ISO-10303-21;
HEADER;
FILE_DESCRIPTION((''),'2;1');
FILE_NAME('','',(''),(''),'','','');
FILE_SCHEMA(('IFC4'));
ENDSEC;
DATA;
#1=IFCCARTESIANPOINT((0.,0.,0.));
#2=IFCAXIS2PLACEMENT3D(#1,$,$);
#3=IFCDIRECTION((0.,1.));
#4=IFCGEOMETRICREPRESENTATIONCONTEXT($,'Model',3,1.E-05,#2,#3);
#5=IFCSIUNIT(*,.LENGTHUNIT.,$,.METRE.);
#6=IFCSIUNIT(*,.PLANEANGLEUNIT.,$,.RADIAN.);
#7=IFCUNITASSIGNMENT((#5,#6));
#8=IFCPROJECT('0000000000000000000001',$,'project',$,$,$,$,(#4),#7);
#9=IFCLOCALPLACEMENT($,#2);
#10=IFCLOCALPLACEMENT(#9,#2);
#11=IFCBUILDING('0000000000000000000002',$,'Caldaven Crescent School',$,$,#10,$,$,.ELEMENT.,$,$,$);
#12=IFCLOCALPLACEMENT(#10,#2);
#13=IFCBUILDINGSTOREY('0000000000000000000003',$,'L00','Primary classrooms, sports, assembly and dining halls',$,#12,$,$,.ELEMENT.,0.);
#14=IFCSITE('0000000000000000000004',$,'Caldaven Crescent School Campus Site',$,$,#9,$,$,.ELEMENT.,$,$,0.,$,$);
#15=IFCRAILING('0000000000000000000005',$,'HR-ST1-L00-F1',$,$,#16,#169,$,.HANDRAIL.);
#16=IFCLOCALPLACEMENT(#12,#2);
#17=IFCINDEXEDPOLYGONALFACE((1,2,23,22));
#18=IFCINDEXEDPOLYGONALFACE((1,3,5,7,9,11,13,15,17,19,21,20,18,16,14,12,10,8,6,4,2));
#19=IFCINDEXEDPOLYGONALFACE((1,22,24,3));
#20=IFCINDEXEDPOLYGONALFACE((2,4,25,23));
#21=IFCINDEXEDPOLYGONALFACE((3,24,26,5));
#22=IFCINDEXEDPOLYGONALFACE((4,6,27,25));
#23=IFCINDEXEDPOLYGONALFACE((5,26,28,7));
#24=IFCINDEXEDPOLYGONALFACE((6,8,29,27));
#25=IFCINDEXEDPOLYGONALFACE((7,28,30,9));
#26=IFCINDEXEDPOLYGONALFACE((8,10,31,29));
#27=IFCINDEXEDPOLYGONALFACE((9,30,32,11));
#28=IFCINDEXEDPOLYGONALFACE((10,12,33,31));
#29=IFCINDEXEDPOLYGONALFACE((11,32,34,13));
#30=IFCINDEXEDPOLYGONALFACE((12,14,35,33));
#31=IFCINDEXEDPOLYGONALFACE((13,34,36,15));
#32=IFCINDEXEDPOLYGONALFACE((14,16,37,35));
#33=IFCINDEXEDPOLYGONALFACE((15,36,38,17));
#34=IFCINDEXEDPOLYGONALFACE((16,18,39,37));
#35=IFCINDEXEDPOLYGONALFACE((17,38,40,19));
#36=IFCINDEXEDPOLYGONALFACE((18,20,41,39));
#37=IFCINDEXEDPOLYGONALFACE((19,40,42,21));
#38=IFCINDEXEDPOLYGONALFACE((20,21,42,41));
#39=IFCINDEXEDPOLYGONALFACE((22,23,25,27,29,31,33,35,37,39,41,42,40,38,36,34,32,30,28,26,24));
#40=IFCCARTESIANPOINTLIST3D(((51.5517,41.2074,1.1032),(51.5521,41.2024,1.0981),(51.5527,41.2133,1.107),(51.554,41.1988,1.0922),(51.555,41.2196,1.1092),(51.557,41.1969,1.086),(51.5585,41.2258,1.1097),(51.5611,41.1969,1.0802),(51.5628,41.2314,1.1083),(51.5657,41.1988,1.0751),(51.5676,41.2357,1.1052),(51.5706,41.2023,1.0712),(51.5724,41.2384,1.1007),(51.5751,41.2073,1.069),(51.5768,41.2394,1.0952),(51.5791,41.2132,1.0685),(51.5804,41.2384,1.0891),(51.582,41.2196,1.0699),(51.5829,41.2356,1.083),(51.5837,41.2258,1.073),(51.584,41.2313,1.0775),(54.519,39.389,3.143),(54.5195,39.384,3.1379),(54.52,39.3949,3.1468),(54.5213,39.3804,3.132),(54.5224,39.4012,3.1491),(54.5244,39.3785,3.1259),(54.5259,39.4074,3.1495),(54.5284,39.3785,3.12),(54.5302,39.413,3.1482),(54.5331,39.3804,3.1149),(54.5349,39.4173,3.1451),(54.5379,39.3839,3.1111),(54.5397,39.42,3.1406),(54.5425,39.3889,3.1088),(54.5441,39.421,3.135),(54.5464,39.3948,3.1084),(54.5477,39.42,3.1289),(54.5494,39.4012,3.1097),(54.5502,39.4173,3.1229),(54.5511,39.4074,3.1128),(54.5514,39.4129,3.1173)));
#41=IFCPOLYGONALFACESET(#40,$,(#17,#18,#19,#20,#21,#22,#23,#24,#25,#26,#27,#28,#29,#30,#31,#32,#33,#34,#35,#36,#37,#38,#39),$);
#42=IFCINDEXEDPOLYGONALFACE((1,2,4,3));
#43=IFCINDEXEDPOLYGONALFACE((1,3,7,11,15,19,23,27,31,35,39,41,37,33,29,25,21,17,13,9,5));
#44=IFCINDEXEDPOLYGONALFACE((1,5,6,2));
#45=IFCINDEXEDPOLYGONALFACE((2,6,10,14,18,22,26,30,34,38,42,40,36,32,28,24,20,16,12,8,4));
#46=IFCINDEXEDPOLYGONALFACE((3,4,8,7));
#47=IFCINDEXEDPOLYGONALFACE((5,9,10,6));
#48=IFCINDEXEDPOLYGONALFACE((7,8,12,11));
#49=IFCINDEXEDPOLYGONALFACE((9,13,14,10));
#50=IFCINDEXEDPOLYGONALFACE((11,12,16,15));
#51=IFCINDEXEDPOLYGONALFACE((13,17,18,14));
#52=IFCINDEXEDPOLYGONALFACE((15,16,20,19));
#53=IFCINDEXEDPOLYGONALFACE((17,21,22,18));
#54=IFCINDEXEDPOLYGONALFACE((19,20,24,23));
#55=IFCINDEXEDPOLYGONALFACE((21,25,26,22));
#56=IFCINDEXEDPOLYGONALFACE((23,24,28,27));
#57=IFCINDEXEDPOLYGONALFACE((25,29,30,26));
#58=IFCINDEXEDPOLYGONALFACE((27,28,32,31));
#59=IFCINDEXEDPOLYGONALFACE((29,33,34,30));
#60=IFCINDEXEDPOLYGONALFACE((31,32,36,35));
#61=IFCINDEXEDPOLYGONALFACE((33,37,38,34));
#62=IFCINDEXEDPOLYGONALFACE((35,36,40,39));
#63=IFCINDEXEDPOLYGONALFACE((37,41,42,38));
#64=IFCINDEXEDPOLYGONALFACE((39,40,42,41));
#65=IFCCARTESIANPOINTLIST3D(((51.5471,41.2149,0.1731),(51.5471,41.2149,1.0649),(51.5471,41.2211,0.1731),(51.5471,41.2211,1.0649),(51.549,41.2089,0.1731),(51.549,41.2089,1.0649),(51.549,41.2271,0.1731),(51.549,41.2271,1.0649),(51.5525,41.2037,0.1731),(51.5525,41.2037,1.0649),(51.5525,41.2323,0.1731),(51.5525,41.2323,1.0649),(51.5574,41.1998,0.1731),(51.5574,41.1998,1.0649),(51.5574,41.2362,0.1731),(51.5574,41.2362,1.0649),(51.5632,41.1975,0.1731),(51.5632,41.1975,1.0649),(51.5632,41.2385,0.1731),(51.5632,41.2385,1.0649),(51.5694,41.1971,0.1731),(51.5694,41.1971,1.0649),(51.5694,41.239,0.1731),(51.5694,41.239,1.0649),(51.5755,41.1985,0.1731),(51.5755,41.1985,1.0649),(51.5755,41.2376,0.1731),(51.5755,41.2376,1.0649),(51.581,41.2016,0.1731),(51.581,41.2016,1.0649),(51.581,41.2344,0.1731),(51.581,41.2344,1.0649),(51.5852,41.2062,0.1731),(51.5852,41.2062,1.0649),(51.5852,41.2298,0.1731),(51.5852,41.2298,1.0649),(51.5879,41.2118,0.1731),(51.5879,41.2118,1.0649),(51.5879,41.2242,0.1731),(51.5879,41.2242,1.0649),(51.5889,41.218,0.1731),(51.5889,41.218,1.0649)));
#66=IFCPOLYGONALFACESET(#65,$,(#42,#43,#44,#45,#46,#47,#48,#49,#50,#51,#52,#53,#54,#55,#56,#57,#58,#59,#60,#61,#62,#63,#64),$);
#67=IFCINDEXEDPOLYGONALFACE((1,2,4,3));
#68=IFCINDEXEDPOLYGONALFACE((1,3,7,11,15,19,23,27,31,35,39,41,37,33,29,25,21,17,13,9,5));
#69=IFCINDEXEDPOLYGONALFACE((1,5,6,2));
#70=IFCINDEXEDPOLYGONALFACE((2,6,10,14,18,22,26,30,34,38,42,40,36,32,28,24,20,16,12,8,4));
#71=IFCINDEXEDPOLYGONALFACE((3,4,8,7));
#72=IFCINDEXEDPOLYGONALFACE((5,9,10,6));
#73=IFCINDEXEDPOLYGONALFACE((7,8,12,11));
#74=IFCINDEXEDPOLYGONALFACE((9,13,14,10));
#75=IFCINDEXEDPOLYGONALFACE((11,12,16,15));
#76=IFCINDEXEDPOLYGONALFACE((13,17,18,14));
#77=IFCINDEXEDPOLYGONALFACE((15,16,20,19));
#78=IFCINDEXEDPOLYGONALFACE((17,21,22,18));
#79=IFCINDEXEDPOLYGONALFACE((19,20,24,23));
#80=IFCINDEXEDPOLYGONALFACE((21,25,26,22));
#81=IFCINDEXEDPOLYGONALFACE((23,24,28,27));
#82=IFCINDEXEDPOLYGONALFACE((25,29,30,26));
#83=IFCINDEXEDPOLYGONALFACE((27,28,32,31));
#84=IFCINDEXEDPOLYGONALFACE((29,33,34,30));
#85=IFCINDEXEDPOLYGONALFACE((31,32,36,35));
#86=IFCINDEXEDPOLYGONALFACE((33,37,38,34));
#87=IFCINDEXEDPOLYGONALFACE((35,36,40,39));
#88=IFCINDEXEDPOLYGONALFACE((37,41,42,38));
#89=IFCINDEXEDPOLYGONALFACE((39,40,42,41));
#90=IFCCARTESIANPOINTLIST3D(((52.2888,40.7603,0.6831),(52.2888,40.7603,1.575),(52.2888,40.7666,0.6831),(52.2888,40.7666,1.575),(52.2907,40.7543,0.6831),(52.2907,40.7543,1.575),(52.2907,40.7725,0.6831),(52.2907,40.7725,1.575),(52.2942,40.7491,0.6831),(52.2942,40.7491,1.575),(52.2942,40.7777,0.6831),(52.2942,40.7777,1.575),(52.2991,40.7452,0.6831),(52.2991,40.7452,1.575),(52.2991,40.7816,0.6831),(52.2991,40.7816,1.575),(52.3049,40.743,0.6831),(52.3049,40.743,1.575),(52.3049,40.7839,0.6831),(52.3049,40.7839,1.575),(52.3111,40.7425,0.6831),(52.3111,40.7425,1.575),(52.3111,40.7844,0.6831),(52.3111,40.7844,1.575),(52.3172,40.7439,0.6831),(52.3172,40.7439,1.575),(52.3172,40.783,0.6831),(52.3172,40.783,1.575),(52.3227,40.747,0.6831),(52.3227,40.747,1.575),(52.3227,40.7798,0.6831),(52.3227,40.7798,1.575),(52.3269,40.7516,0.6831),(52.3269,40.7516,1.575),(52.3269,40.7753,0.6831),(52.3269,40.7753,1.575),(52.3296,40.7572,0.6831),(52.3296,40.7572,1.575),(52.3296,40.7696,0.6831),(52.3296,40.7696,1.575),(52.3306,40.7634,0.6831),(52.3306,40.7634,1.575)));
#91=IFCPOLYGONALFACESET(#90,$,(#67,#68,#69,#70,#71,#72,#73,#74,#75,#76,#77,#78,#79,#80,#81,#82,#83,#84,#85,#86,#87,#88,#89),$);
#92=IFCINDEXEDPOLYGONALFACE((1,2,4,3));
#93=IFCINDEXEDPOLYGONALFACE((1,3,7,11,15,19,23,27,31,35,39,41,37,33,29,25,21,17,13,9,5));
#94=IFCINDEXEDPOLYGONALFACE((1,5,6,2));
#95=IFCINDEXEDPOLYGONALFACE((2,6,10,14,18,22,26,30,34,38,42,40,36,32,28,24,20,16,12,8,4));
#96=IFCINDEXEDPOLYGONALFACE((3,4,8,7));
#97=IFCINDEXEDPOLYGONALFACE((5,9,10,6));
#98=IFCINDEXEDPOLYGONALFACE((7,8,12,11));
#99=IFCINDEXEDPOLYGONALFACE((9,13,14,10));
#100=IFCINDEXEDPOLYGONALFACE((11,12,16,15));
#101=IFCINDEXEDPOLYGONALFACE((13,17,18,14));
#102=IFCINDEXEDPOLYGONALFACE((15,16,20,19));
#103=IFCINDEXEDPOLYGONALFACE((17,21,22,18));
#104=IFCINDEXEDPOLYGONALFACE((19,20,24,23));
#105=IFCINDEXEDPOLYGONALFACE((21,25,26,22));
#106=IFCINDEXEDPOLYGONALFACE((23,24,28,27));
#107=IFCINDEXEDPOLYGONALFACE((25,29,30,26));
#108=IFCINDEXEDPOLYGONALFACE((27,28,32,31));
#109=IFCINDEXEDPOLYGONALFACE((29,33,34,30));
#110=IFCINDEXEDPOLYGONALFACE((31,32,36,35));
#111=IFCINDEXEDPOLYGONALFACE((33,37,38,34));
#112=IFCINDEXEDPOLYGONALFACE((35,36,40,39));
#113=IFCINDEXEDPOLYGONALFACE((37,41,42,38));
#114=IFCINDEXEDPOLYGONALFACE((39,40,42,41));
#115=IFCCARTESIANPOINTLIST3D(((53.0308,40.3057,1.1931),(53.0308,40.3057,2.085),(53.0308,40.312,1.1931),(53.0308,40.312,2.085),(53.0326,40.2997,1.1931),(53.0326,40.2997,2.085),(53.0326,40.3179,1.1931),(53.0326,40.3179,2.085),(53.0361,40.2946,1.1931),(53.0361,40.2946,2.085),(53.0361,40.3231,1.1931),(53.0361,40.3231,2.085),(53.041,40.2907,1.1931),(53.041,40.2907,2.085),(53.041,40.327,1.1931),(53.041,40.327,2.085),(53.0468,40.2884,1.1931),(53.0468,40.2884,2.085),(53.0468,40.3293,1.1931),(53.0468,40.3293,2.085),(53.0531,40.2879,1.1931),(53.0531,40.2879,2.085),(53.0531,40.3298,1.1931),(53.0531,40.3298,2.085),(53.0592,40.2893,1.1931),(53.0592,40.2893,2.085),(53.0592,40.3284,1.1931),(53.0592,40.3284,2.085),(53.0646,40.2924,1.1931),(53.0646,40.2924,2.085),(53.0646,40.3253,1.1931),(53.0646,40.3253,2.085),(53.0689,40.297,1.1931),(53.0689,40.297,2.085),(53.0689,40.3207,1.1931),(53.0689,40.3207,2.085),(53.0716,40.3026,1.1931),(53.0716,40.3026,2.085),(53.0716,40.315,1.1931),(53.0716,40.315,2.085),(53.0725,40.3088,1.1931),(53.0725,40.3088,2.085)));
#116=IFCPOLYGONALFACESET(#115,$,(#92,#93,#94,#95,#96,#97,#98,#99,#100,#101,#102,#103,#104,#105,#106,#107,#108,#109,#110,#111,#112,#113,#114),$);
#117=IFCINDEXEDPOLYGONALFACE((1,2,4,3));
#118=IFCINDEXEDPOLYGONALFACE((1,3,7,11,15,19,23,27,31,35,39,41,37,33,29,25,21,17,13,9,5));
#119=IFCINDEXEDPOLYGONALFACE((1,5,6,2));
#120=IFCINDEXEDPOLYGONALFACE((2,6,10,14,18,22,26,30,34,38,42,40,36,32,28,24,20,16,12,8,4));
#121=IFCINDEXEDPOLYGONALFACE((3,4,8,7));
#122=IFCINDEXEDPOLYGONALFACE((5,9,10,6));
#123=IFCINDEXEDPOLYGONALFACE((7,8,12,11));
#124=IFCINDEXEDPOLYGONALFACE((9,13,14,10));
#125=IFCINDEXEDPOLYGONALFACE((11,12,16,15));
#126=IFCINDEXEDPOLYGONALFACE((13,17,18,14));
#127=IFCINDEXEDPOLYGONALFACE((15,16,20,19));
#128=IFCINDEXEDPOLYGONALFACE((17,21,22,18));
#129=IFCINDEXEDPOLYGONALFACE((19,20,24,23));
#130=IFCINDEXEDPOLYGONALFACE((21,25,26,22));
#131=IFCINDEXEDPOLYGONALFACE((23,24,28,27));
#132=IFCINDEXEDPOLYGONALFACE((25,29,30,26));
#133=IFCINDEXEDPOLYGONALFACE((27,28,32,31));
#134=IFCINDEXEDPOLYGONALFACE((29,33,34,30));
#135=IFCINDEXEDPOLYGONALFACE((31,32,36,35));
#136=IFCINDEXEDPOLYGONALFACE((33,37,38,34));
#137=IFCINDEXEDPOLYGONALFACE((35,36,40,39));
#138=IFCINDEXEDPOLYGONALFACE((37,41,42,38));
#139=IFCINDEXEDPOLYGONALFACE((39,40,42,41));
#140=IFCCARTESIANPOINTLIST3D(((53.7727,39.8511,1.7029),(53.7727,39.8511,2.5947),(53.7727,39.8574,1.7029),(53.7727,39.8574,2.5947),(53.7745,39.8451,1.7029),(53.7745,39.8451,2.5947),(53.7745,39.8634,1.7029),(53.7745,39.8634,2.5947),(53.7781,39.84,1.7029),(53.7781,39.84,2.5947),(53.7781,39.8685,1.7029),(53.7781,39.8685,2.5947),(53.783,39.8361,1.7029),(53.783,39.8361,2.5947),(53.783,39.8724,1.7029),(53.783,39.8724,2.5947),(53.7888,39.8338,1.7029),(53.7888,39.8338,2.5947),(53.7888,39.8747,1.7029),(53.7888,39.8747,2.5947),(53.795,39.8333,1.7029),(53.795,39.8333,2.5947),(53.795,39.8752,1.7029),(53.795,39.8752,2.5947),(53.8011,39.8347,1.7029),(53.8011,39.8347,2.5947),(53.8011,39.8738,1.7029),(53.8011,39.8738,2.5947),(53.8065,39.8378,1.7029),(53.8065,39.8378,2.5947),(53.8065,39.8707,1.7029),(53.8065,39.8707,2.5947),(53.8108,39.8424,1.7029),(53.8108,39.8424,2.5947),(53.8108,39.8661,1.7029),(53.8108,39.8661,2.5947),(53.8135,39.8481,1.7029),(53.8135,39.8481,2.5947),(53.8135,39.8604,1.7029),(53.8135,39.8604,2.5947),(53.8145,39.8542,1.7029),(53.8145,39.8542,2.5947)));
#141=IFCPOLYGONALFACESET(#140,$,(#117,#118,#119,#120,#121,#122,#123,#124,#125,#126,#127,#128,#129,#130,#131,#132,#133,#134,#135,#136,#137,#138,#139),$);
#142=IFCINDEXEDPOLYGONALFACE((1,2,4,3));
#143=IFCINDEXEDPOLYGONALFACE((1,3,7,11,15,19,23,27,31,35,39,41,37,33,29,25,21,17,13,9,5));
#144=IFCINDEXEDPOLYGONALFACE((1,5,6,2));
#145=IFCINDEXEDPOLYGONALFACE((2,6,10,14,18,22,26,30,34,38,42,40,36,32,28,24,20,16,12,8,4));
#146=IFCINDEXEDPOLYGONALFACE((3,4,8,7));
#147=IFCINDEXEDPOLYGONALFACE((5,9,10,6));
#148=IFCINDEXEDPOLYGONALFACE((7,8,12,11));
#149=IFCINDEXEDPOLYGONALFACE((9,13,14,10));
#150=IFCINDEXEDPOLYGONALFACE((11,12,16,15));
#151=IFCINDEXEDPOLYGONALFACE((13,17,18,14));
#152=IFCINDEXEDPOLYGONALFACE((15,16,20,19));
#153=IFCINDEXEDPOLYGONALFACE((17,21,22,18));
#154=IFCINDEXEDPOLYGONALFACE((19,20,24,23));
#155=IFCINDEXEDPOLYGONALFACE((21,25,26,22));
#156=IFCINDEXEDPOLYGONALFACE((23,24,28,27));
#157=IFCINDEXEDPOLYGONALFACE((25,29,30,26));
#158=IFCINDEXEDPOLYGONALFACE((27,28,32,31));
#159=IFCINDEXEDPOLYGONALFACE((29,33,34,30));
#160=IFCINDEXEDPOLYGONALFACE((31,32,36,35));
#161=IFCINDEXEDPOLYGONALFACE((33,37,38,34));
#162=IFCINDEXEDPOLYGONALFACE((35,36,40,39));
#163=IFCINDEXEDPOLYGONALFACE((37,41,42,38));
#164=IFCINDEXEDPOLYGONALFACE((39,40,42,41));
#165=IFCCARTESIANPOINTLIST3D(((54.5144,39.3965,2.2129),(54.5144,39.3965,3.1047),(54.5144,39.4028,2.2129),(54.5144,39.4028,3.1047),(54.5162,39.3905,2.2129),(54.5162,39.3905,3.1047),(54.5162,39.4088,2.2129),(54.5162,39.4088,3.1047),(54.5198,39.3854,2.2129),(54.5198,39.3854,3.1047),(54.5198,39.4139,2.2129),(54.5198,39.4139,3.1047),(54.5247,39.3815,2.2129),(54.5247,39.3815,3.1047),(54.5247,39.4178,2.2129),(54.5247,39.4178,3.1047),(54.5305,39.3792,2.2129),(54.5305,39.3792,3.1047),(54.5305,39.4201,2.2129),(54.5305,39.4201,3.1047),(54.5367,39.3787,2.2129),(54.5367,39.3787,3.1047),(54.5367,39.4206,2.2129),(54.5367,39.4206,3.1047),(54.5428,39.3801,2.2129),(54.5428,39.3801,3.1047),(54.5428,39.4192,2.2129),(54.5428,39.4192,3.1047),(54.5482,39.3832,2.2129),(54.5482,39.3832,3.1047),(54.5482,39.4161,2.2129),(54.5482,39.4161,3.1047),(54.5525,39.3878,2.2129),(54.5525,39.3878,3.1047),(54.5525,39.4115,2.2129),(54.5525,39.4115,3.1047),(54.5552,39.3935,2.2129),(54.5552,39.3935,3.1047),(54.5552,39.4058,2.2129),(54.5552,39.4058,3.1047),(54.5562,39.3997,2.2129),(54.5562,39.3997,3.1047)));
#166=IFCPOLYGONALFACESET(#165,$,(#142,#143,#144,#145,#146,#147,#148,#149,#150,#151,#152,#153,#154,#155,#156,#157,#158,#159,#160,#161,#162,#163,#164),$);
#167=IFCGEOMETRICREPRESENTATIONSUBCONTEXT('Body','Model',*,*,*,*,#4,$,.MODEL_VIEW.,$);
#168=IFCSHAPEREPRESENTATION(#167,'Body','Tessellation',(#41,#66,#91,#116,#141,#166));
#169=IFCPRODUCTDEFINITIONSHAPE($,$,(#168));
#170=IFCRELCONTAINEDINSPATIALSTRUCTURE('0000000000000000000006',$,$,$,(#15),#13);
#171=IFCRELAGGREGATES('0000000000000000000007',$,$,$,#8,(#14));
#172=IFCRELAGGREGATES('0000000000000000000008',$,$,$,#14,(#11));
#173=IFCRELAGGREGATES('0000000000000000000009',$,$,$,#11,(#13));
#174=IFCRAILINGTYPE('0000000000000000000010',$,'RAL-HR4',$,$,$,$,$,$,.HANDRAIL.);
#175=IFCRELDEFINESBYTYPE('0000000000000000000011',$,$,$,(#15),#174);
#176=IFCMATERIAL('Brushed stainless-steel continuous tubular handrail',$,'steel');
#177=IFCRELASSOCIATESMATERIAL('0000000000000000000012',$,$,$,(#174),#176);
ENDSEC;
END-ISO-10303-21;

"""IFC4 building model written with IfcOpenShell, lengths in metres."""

from ifc_helpers import new_model, si_unit, direction, frame, origin, origin_2d, place, context, subcontext, project, spatial, circle, extrude, material, type_object, element, save


model = new_model("IFC4")

# Units and contexts
model_context = context("Model", 3, precision=1e-05, world=origin(), true_north=direction((0.0, 1.0)))
body_context = subcontext(model_context, "Body", "Model", "MODEL_VIEW")
ifc_project = project(units=[si_unit("LENGTHUNIT", "METRE"), si_unit("PLANEANGLEUNIT", "RADIAN")], contexts=[model_context])

# Site, building, storey
site_placement = place(None, origin())
site = spatial("IfcSite", under=ifc_project, at=site_placement, Name="Caldaven Crescent School Campus Site", CompositionType="ELEMENT", RefElevation=0.0)
building_placement = place(site_placement, origin())
building = spatial("IfcBuilding", under=site, at=building_placement, Name="Caldaven Crescent School", CompositionType="ELEMENT")
storey_placement = place(building_placement, origin())
storey = spatial("IfcBuildingStorey", under=building, at=storey_placement, Name="L00", Description="Primary classrooms, sports, assembly and dining halls", CompositionType="ELEMENT", Elevation=0.0)

# Railing
ifc_material_1 = material(Name="Brushed stainless-steel continuous tubular handrail", Category="steel")
railing_type = type_object("IfcRailingType", Name="RAL-HR4", PredefinedType="HANDRAIL", material=ifc_material_1)
railing_placement = place(storey_placement, frame((51.5679, 41.218, 0.1731)))
element("IfcRailing", 1, at=railing_placement, inside=storey, type_object=railing_type, Name="HR-ST1-L00-F1", PredefinedType="HANDRAIL", context=body_context, shape_type="SweptSolid", body=[
    extrude(circle(Radius=0.0239, at=origin_2d()), frame((0.0, 0.0, 0.916), z_axis=(0.735596, -0.450775, 0.505669), x_axis=(0.5225, 0.85264, 0.0)), (0.0, 0.0, 1.0), 4.0339),
    extrude(circle(Radius=0.021, at=origin_2d()), origin(), (0.0, 0.0, 1.0), 0.8918),
    extrude(circle(Radius=0.021, at=origin_2d()), frame((0.7417, -0.4546, 0.51)), (0.0, 0.0, 1.0), 0.8918),
    extrude(circle(Radius=0.021, at=origin_2d()), frame((1.4836, -0.9092, 1.02)), (0.0, 0.0, 1.0), 0.8918),
    extrude(circle(Radius=0.021, at=origin_2d()), frame((2.2256, -1.3638, 1.5298)), (0.0, 0.0, 1.0), 0.8918),
    extrude(circle(Radius=0.021, at=origin_2d()), frame((2.9673, -1.8184, 2.0398)), (0.0, 0.0, 1.0), 0.8918),
])

save(model, "model.ifc")
